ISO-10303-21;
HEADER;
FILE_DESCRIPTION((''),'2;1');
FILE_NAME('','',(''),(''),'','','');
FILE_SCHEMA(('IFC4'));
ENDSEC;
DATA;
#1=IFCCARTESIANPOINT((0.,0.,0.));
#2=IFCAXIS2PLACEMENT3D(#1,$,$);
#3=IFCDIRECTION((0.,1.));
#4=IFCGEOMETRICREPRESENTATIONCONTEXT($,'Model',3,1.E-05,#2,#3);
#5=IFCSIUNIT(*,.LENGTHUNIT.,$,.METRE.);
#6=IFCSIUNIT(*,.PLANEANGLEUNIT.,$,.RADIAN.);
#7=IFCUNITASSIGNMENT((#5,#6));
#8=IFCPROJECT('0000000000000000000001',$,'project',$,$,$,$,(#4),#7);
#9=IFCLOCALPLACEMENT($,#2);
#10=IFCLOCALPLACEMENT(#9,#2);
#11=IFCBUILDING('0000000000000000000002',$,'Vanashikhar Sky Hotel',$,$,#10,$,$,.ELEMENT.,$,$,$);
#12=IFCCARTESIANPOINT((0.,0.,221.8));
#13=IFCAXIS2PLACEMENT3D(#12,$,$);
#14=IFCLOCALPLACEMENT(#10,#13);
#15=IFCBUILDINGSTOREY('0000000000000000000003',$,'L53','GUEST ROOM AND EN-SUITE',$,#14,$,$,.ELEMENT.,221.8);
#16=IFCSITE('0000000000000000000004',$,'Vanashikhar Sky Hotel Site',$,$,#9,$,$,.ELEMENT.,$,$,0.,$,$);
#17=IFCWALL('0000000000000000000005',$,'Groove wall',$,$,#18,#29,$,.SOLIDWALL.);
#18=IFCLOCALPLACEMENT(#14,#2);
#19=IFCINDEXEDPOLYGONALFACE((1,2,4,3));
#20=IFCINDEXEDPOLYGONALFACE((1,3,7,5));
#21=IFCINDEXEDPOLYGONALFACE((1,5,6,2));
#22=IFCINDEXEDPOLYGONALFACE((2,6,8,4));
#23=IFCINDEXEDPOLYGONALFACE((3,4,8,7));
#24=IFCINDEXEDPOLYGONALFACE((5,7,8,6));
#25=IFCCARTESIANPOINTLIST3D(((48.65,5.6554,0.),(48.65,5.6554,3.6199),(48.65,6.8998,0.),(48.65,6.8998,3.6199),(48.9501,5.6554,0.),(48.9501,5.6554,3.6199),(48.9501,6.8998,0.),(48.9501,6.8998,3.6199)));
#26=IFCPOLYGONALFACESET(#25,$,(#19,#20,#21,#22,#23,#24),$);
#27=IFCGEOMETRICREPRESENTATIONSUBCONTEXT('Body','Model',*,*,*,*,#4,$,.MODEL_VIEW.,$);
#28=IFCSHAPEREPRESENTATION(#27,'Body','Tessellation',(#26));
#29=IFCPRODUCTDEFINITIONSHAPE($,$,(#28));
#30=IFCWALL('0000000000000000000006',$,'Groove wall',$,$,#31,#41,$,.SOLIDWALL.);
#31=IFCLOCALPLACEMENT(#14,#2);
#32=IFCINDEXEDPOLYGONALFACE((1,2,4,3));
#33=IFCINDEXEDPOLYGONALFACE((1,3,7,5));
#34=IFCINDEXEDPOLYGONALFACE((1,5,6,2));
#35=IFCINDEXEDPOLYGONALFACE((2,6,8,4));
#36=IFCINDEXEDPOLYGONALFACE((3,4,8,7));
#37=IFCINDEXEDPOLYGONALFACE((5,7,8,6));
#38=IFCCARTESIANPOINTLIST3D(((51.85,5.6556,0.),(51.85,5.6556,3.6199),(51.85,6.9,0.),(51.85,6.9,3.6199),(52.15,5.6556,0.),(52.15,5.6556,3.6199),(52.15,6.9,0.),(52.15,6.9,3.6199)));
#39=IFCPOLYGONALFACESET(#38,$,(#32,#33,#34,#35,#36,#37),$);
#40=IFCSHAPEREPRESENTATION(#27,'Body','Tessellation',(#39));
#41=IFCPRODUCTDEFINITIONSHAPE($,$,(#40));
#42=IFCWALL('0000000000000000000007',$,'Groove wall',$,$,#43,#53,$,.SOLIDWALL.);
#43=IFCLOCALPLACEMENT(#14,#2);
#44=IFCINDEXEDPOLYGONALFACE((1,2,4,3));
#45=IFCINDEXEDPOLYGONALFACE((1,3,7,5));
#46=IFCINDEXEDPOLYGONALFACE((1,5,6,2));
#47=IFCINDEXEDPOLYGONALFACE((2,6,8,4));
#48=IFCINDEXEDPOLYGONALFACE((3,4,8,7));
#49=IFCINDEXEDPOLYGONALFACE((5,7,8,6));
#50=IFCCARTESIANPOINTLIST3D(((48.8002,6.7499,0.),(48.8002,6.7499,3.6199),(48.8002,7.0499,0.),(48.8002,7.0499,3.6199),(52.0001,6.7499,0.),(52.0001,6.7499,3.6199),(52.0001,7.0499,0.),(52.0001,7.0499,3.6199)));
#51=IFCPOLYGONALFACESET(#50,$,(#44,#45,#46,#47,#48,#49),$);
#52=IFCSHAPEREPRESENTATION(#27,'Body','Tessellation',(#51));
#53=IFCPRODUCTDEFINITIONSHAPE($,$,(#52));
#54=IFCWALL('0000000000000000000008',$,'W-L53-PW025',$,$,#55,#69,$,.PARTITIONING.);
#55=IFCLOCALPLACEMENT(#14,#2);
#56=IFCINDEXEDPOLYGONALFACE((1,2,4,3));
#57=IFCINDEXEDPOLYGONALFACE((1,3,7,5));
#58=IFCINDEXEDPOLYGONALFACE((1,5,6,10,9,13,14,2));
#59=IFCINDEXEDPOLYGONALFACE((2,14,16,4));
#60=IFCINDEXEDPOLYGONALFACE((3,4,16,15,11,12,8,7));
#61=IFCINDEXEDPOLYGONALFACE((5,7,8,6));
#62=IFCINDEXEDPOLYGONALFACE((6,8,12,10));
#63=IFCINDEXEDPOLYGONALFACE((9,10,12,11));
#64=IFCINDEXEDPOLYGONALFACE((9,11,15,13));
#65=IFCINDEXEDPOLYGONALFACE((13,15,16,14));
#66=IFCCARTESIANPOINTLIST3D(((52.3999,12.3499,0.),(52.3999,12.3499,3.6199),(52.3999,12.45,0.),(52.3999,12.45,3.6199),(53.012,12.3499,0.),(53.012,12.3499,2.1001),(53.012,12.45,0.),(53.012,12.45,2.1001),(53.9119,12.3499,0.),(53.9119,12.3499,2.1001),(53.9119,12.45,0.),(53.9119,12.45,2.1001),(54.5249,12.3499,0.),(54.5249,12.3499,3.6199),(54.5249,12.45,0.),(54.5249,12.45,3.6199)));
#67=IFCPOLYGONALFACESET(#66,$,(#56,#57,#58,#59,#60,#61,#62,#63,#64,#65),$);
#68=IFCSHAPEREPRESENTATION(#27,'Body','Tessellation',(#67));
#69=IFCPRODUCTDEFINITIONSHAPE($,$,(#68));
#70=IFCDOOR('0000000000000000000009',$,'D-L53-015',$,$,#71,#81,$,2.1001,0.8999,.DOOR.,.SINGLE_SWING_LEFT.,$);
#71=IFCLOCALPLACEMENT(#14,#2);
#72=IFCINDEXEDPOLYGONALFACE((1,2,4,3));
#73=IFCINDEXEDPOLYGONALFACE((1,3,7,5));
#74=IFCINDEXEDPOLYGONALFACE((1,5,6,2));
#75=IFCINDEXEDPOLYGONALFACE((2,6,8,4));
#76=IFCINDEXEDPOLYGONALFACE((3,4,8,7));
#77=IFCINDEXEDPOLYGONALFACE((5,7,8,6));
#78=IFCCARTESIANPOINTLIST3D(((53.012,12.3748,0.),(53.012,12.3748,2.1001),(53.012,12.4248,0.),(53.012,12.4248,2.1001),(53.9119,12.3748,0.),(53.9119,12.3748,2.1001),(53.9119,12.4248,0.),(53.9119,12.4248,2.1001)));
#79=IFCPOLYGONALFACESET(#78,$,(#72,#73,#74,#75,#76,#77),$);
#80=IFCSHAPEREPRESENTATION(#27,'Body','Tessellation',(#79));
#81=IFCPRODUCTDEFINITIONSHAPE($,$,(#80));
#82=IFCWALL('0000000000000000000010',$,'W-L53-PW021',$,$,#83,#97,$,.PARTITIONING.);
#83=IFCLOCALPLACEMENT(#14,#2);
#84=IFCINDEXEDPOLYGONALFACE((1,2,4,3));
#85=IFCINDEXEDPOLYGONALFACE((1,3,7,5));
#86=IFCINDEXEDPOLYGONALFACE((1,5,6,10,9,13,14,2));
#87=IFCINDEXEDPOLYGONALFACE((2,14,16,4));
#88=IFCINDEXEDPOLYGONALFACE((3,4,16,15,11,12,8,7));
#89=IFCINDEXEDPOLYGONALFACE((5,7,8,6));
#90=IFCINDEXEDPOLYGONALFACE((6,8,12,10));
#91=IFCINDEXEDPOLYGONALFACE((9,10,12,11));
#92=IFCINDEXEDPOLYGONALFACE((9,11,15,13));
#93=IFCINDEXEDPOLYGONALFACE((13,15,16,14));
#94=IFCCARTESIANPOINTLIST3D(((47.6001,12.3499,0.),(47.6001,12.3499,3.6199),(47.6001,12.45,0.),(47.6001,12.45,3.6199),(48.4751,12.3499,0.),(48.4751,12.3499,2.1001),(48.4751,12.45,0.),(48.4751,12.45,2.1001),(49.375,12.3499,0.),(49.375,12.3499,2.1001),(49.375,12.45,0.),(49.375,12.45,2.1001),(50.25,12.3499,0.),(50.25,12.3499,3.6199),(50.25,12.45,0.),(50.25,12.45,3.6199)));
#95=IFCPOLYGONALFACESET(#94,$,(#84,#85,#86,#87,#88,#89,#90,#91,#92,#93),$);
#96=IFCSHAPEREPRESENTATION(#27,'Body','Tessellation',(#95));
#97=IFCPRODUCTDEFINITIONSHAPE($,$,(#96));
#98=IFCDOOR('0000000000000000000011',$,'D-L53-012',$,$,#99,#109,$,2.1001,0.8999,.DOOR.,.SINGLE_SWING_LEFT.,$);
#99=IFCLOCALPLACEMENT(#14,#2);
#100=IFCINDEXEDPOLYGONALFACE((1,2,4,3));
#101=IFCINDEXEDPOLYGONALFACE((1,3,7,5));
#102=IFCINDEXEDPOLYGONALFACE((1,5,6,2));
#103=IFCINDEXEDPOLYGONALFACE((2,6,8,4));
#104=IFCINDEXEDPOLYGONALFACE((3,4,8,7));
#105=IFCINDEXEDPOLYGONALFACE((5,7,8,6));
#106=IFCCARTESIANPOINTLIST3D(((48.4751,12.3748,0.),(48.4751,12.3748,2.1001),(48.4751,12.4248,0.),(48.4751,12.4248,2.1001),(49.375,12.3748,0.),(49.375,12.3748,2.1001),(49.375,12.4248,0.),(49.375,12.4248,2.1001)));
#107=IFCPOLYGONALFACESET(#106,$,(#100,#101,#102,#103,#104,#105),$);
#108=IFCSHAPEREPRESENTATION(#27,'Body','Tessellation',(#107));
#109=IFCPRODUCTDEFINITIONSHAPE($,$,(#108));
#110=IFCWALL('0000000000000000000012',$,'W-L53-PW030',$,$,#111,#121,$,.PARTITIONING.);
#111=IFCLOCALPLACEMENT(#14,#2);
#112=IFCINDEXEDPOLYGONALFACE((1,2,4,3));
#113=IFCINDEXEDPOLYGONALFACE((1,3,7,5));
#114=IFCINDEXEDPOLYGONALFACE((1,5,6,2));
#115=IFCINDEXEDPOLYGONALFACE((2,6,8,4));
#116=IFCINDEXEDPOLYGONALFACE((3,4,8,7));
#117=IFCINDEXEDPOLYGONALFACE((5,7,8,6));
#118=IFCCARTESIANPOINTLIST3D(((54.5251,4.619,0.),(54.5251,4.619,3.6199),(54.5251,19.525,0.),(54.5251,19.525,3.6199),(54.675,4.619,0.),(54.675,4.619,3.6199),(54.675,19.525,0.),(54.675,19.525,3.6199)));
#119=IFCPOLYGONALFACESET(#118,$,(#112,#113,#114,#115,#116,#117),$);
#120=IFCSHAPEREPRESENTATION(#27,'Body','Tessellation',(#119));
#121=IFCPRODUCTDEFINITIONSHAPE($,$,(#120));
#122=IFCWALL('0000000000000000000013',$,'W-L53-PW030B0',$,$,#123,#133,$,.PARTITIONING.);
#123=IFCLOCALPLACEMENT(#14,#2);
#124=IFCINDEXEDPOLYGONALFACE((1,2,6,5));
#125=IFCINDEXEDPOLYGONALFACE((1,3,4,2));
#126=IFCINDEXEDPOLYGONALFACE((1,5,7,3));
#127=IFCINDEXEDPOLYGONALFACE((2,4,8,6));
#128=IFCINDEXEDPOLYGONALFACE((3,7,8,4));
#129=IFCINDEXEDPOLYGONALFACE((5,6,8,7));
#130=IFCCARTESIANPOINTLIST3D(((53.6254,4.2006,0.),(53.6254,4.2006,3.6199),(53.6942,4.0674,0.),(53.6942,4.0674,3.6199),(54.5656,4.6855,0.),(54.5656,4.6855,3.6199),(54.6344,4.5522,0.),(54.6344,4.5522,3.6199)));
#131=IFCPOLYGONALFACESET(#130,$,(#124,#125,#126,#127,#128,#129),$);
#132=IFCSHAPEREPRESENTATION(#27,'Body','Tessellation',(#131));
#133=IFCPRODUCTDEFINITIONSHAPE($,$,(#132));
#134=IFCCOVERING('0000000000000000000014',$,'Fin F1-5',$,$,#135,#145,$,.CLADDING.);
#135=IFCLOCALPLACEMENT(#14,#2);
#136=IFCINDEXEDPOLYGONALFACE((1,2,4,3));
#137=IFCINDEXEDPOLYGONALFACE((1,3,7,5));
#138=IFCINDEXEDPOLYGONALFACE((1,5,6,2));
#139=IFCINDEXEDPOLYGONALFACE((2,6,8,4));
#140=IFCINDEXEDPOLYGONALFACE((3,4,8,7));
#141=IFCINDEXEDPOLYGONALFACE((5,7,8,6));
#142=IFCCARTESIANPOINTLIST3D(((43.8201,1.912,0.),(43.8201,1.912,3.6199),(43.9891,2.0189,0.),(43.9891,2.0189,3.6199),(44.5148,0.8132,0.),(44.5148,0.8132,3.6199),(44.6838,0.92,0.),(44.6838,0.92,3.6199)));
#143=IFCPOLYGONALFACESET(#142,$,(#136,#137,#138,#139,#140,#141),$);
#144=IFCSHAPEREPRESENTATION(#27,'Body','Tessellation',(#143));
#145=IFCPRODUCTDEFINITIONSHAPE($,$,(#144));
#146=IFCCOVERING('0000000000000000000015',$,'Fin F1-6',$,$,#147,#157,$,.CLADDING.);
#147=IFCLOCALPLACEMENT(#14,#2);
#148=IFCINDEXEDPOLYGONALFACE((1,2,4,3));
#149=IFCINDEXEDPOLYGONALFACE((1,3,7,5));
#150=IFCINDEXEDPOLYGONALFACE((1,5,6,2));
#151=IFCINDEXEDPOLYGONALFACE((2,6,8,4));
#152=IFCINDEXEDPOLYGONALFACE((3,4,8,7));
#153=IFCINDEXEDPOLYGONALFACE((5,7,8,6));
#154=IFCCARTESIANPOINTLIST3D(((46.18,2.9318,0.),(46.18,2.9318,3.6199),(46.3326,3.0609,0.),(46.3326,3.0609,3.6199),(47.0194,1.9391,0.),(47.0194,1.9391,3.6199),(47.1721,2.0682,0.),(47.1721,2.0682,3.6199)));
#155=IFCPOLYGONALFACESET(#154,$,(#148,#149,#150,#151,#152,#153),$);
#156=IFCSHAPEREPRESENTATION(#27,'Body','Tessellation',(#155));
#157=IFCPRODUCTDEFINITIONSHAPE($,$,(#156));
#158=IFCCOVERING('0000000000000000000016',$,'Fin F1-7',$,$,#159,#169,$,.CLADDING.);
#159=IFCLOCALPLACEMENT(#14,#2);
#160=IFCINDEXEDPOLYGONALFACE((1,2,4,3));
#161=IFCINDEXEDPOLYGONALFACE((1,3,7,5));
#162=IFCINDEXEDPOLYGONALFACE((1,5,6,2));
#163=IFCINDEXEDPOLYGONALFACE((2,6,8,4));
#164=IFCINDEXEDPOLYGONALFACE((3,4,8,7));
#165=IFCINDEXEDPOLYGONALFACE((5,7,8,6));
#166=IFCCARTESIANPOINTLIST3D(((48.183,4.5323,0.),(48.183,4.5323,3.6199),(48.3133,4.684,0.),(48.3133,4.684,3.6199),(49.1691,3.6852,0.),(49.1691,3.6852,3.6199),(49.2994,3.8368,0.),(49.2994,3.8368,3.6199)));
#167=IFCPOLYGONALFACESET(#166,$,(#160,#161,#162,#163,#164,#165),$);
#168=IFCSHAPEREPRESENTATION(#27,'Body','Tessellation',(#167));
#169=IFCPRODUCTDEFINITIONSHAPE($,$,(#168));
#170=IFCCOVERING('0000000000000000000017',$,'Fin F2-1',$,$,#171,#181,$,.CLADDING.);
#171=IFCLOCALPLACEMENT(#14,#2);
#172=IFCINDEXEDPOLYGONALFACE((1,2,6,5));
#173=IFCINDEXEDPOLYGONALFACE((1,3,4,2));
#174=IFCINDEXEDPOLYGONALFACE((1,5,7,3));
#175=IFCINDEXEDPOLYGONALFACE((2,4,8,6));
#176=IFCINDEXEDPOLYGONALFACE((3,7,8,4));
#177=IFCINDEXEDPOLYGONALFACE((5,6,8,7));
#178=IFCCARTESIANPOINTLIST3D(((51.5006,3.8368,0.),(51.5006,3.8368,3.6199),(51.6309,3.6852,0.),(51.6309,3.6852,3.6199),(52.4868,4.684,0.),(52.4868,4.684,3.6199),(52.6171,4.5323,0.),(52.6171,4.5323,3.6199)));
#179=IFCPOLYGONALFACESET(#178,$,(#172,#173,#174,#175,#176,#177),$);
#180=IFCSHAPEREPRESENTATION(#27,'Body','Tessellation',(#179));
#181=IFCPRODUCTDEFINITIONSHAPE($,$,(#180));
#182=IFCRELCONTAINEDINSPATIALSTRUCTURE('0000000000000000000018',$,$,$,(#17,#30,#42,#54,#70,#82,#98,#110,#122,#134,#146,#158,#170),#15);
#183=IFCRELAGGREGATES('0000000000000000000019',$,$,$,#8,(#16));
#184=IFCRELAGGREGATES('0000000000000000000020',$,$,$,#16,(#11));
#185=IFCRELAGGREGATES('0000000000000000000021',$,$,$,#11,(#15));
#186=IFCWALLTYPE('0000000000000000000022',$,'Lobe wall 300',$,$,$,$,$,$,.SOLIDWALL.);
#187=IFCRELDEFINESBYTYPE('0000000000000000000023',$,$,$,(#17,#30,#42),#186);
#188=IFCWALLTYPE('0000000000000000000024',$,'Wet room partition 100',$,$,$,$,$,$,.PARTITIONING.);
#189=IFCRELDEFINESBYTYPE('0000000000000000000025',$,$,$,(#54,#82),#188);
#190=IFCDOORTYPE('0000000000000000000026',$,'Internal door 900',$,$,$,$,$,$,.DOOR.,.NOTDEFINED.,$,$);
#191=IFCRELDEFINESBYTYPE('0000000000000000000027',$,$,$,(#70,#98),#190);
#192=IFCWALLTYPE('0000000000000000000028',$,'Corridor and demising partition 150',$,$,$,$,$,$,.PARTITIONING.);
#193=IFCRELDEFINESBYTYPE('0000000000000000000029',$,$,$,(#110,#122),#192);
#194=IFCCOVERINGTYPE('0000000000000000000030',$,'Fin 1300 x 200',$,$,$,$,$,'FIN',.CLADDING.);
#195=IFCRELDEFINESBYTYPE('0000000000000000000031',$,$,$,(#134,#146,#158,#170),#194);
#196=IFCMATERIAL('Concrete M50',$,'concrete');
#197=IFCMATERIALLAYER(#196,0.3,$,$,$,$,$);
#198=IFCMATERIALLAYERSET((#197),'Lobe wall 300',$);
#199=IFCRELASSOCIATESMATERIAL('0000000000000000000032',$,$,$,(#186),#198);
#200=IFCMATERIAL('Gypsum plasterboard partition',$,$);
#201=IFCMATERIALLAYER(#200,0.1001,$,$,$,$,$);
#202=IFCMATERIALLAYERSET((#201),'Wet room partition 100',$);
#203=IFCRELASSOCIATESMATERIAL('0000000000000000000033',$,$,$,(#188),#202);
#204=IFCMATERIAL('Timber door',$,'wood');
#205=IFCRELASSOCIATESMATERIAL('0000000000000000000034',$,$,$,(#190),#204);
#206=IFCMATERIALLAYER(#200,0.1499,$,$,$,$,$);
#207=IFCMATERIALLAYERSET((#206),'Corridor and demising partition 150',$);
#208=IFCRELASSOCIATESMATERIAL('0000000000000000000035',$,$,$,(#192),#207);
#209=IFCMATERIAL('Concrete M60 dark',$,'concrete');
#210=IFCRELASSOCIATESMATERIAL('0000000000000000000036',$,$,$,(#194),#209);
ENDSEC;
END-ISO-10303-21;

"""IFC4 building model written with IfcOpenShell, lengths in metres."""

from ifc_helpers import new_model, si_unit, direction, frame, frame_2d, origin, origin_2d, place, context, subcontext, project, spatial, rectangle, extrude, source, transform, mapped, material, layer, layer_set, material_profile, profile_set, type_object, element, fill, save


model = new_model("IFC4")

# Units and contexts
model_context = context("Model", 3, precision=1e-05, world=origin(), true_north=direction((0.0, 1.0)))
body_context = subcontext(model_context, "Body", "Model", "MODEL_VIEW")
ifc_project = project(units=[si_unit("LENGTHUNIT", "METRE"), si_unit("PLANEANGLEUNIT", "RADIAN")], contexts=[model_context])

# Site, building, storey
site_placement = place(None, origin())
site = spatial("IfcSite", under=ifc_project, at=site_placement, Name="Vanashikhar Sky Hotel Site", CompositionType="ELEMENT", RefElevation=0.0)
building_placement = place(site_placement, origin())
building = spatial("IfcBuilding", under=site, at=building_placement, Name="Vanashikhar Sky Hotel", CompositionType="ELEMENT")
storey_placement = place(building_placement, frame((0.0, 0.0, 221.8)))
storey = spatial("IfcBuildingStorey", under=building, at=storey_placement, Name="L53", Description="GUEST ROOM AND EN-SUITE", CompositionType="ELEMENT", Elevation=221.8)

# Shared definitions
ifc_material_1 = material(Name="Concrete M50", Category="concrete")
ifc_layer_1 = layer(ifc_material_1, 0.3)
ifc_layer_set_1 = layer_set([ifc_layer_1], Name="Lobe wall 300")
wall_type_1 = type_object("IfcWallType", Name="Lobe wall 300", PredefinedType="SOLIDWALL", material=ifc_layer_set_1)

# Walls
shared_shape_1 = source(origin(), body_context, "Body", "SweptSolid", [
    extrude(rectangle(XDim=1.2444, YDim=0.3, at=frame_2d((0.6221, 0.0))), origin(), (0.0, 0.0, 1.0), 3.6199),
])
for number, where, z_axis, x_axis, name in (
    (1, (48.8, 5.6555, 0.0), (0.0, 0.0, 1.0), (0.0, 1.0, 0.0), "Groove wall"),
    (2, (52.0, 6.8999, 0.0), (0.0, 0.0, 1.0), (0.0, -1.0, 0.0), "Groove wall"),
):
    element("IfcWall", number, at=place(storey_placement, frame(where, z_axis=z_axis, x_axis=x_axis)), inside=storey, type_object=wall_type_1, Name=name, PredefinedType="SOLIDWALL", context=body_context, shape_type="MappedRepresentation", body=[
        mapped(shared_shape_1, transform((0.0, 0.0, 0.0), scale=1.0)),
    ])
shared_shape_2 = source(origin(), body_context, "Body", "SweptSolid", [
    extrude(rectangle(XDim=3.2, YDim=0.3, at=frame_2d((1.6001, 0.0))), origin(), (0.0, 0.0, 1.0), 3.6199),
])
wall_1_placement = place(storey_placement, frame((48.8, 6.8999, 0.0), z_axis=(0.0, 0.0, 1.0), x_axis=(1.0, 0.0, 0.0)))
element("IfcWall", 3, at=wall_1_placement, inside=storey, type_object=wall_type_1, Name="Groove wall", PredefinedType="SOLIDWALL", context=body_context, shape_type="MappedRepresentation", body=[
    mapped(shared_shape_2, transform((0.0, 0.0, 0.0), scale=1.0)),
])

# Walls, openings, doors
ifc_material_2 = material(Name="Gypsum plasterboard partition")
ifc_layer_2 = layer(ifc_material_2, 0.1001)
ifc_layer_set_2 = layer_set([ifc_layer_2], Name="Wet room partition 100")
wall_type_2 = type_object("IfcWallType", Name="Wet room partition 100", PredefinedType="PARTITIONING", material=ifc_layer_set_2)
shared_shape_3 = source(origin(), body_context, "Body", "SweptSolid", [
    extrude(rectangle(XDim=2.125, YDim=0.1001, at=frame_2d((1.0625, 0.0))), origin(), (0.0, 0.0, 1.0), 3.6199),
])
wall_2_placement = place(storey_placement, frame((52.3999, 12.3999, 0.0), z_axis=(0.0, 0.0, 1.0), x_axis=(1.0, 0.0, 0.0)))
wall_2 = element("IfcWall", 4, at=wall_2_placement, inside=storey, type_object=wall_type_2, Name="W-L53-PW025", PredefinedType="PARTITIONING", context=body_context, shape_type="MappedRepresentation", body=[
    mapped(shared_shape_3, transform((0.0, 0.0, 0.0), scale=1.0)),
])
shared_shape_4 = source(origin(), body_context, "Body", "SweptSolid", [
    extrude(rectangle(XDim=0.8999, YDim=2.1001, at=frame_2d((0.45, 1.05))), frame((0.0, 0.0601, 0.0), z_axis=(0.0, -1.0, 0.0), x_axis=(1.0, 0.0, 0.0)), (0.0, 0.0, 1.0), 0.1201),
])
opening_1_placement = place(wall_2_placement, frame((0.6121, 0.0, 0.0)))
opening_1 = element("IfcOpeningElement", 5, at=opening_1_placement, cuts=wall_2, PredefinedType="OPENING", context=body_context, shape_type="MappedRepresentation", body=[
    mapped(shared_shape_4, transform((0.0, 0.0, 0.0), scale=1.0)),
])
ifc_material_3 = material(Name="Timber door", Category="wood")
door_type = type_object("IfcDoorType", Name="Internal door 900", OperationType="NOTDEFINED", PredefinedType="DOOR", material=ifc_material_3)
shared_shape_5 = source(origin(), body_context, "Body", "SweptSolid", [
    extrude(rectangle(XDim=0.8999, YDim=2.1001, at=frame_2d((0.45, 1.05))), frame((0.0, 0.0249, 0.0), z_axis=(0.0, -1.0, 0.0), x_axis=(1.0, 0.0, 0.0)), (0.0, 0.0, 1.0), 0.05),
])
door_1_placement = place(opening_1_placement, origin())
door_1 = element("IfcDoor", 6, at=door_1_placement, inside=storey, type_object=door_type, Name="D-L53-015", OperationType="SINGLE_SWING_LEFT", OverallHeight=2.1001, OverallWidth=0.8999, PredefinedType="DOOR", context=body_context, shape_type="MappedRepresentation", body=[
    mapped(shared_shape_5, transform((0.0, 0.0, 0.0), scale=1.0)),
])
fill(opening_1, door_1)
shared_shape_6 = source(origin(), body_context, "Body", "SweptSolid", [
    extrude(rectangle(XDim=2.6499, YDim=0.1001, at=frame_2d((1.325, 0.0))), origin(), (0.0, 0.0, 1.0), 3.6199),
])
wall_3_placement = place(storey_placement, frame((47.6001, 12.3999, 0.0), z_axis=(0.0, 0.0, 1.0), x_axis=(1.0, 0.0, 0.0)))
wall_3 = element("IfcWall", 7, at=wall_3_placement, inside=storey, type_object=wall_type_2, Name="W-L53-PW021", PredefinedType="PARTITIONING", context=body_context, shape_type="MappedRepresentation", body=[
    mapped(shared_shape_6, transform((0.0, 0.0, 0.0), scale=1.0)),
])
opening_2_placement = place(wall_3_placement, frame((0.875, 0.0, 0.0)))
opening_2 = element("IfcOpeningElement", 8, at=opening_2_placement, cuts=wall_3, PredefinedType="OPENING", context=body_context, shape_type="MappedRepresentation", body=[
    mapped(shared_shape_4, transform((0.0, 0.0, 0.0), scale=1.0)),
])
door_2_placement = place(opening_2_placement, origin())
door_2 = element("IfcDoor", 9, at=door_2_placement, inside=storey, type_object=door_type, Name="D-L53-012", OperationType="SINGLE_SWING_LEFT", OverallHeight=2.1001, OverallWidth=0.8999, PredefinedType="DOOR", context=body_context, shape_type="MappedRepresentation", body=[
    mapped(shared_shape_5, transform((0.0, 0.0, 0.0), scale=1.0)),
])
fill(opening_2, door_2)

# Walls
ifc_layer_3 = layer(ifc_material_2, 0.1499)
ifc_layer_set_3 = layer_set([ifc_layer_3], Name="Corridor and demising partition 150")
wall_type_3 = type_object("IfcWallType", Name="Corridor and demising partition 150", PredefinedType="PARTITIONING", material=ifc_layer_set_3)
shared_shape_7 = source(origin(), body_context, "Body", "SweptSolid", [
    extrude(rectangle(XDim=14.906, YDim=0.1499, at=frame_2d((7.4531, 0.0))), origin(), (0.0, 0.0, 1.0), 3.6199),
])
wall_4_placement = place(storey_placement, frame((54.6001, 4.6189, 0.0), z_axis=(0.0, 0.0, 1.0), x_axis=(0.0, 1.0, 0.0)))
element("IfcWall", 10, at=wall_4_placement, inside=storey, type_object=wall_type_3, Name="W-L53-PW030", PredefinedType="PARTITIONING", context=body_context, shape_type="MappedRepresentation", body=[
    mapped(shared_shape_7, transform((0.0, 0.0, 0.0), scale=1.0)),
])
shared_shape_8 = source(origin(), body_context, "Body", "SweptSolid", [
    extrude(rectangle(XDim=1.0579, YDim=0.1499, at=frame_2d((0.5288, 0.0))), origin(), (0.0, 0.0, 1.0), 3.6199),
])
wall_5_placement = place(storey_placement, frame((53.6599, 4.134, 0.0), z_axis=(0.0, 0.0, 1.0), x_axis=(0.888772, 0.458349, 0.0)))
element("IfcWall", 11, at=wall_5_placement, inside=storey, type_object=wall_type_3, Name="W-L53-PW030B0", PredefinedType="PARTITIONING", context=body_context, shape_type="MappedRepresentation", body=[
    mapped(shared_shape_8, transform((0.0, 0.0, 0.0), scale=1.0)),
])

# Coverings
ifc_material_4 = material(Name="Concrete M60 dark", Category="concrete")
ifc_material_profile = material_profile(ifc_material_4, rectangle(XDim=1.3, YDim=0.2, at=origin_2d()))
ifc_profile_set = profile_set([ifc_material_profile], Name="Fin 1300 x 200")
covering_type = type_object("IfcCoveringType", Name="Fin 1300 x 200", ElementType="FIN", PredefinedType="CLADDING", material=ifc_profile_set)
shared_shape_9 = source(origin(), body_context, "Body", "SweptSolid", [
    extrude(rectangle(XDim=1.3, YDim=0.2, at=origin_2d()), origin(), (0.0, 0.0, 1.0), 3.6199),
])
for number, where, z_axis, x_axis, name in (
    (12, (44.252, 1.416, 0.0), (0.0, 0.0, 1.0), (0.534411, -0.845225, 0.0), "Fin F1-5"),
    (13, (46.676, 2.5, 0.0), (0.0, 0.0, 1.0), (0.645698, -0.763593, 0.0), "Fin F1-6"),
    (14, (48.7412, 4.1846, 0.0), (0.0, 0.0, 1.0), (0.758544, -0.651622, 0.0), "Fin F1-7"),
    (15, (52.0588, 4.1846, 0.0), (0.0, 0.0, 1.0), (-0.758544, -0.651622, 0.0), "Fin F2-1"),
):
    element("IfcCovering", number, at=place(storey_placement, frame(where, z_axis=z_axis, x_axis=x_axis)), inside=storey, type_object=covering_type, Name=name, PredefinedType="CLADDING", context=body_context, shape_type="MappedRepresentation", body=[
        mapped(shared_shape_9, transform((0.0, 0.0, 0.0), scale=1.0)),
    ])

save(model, "model.ifc")
